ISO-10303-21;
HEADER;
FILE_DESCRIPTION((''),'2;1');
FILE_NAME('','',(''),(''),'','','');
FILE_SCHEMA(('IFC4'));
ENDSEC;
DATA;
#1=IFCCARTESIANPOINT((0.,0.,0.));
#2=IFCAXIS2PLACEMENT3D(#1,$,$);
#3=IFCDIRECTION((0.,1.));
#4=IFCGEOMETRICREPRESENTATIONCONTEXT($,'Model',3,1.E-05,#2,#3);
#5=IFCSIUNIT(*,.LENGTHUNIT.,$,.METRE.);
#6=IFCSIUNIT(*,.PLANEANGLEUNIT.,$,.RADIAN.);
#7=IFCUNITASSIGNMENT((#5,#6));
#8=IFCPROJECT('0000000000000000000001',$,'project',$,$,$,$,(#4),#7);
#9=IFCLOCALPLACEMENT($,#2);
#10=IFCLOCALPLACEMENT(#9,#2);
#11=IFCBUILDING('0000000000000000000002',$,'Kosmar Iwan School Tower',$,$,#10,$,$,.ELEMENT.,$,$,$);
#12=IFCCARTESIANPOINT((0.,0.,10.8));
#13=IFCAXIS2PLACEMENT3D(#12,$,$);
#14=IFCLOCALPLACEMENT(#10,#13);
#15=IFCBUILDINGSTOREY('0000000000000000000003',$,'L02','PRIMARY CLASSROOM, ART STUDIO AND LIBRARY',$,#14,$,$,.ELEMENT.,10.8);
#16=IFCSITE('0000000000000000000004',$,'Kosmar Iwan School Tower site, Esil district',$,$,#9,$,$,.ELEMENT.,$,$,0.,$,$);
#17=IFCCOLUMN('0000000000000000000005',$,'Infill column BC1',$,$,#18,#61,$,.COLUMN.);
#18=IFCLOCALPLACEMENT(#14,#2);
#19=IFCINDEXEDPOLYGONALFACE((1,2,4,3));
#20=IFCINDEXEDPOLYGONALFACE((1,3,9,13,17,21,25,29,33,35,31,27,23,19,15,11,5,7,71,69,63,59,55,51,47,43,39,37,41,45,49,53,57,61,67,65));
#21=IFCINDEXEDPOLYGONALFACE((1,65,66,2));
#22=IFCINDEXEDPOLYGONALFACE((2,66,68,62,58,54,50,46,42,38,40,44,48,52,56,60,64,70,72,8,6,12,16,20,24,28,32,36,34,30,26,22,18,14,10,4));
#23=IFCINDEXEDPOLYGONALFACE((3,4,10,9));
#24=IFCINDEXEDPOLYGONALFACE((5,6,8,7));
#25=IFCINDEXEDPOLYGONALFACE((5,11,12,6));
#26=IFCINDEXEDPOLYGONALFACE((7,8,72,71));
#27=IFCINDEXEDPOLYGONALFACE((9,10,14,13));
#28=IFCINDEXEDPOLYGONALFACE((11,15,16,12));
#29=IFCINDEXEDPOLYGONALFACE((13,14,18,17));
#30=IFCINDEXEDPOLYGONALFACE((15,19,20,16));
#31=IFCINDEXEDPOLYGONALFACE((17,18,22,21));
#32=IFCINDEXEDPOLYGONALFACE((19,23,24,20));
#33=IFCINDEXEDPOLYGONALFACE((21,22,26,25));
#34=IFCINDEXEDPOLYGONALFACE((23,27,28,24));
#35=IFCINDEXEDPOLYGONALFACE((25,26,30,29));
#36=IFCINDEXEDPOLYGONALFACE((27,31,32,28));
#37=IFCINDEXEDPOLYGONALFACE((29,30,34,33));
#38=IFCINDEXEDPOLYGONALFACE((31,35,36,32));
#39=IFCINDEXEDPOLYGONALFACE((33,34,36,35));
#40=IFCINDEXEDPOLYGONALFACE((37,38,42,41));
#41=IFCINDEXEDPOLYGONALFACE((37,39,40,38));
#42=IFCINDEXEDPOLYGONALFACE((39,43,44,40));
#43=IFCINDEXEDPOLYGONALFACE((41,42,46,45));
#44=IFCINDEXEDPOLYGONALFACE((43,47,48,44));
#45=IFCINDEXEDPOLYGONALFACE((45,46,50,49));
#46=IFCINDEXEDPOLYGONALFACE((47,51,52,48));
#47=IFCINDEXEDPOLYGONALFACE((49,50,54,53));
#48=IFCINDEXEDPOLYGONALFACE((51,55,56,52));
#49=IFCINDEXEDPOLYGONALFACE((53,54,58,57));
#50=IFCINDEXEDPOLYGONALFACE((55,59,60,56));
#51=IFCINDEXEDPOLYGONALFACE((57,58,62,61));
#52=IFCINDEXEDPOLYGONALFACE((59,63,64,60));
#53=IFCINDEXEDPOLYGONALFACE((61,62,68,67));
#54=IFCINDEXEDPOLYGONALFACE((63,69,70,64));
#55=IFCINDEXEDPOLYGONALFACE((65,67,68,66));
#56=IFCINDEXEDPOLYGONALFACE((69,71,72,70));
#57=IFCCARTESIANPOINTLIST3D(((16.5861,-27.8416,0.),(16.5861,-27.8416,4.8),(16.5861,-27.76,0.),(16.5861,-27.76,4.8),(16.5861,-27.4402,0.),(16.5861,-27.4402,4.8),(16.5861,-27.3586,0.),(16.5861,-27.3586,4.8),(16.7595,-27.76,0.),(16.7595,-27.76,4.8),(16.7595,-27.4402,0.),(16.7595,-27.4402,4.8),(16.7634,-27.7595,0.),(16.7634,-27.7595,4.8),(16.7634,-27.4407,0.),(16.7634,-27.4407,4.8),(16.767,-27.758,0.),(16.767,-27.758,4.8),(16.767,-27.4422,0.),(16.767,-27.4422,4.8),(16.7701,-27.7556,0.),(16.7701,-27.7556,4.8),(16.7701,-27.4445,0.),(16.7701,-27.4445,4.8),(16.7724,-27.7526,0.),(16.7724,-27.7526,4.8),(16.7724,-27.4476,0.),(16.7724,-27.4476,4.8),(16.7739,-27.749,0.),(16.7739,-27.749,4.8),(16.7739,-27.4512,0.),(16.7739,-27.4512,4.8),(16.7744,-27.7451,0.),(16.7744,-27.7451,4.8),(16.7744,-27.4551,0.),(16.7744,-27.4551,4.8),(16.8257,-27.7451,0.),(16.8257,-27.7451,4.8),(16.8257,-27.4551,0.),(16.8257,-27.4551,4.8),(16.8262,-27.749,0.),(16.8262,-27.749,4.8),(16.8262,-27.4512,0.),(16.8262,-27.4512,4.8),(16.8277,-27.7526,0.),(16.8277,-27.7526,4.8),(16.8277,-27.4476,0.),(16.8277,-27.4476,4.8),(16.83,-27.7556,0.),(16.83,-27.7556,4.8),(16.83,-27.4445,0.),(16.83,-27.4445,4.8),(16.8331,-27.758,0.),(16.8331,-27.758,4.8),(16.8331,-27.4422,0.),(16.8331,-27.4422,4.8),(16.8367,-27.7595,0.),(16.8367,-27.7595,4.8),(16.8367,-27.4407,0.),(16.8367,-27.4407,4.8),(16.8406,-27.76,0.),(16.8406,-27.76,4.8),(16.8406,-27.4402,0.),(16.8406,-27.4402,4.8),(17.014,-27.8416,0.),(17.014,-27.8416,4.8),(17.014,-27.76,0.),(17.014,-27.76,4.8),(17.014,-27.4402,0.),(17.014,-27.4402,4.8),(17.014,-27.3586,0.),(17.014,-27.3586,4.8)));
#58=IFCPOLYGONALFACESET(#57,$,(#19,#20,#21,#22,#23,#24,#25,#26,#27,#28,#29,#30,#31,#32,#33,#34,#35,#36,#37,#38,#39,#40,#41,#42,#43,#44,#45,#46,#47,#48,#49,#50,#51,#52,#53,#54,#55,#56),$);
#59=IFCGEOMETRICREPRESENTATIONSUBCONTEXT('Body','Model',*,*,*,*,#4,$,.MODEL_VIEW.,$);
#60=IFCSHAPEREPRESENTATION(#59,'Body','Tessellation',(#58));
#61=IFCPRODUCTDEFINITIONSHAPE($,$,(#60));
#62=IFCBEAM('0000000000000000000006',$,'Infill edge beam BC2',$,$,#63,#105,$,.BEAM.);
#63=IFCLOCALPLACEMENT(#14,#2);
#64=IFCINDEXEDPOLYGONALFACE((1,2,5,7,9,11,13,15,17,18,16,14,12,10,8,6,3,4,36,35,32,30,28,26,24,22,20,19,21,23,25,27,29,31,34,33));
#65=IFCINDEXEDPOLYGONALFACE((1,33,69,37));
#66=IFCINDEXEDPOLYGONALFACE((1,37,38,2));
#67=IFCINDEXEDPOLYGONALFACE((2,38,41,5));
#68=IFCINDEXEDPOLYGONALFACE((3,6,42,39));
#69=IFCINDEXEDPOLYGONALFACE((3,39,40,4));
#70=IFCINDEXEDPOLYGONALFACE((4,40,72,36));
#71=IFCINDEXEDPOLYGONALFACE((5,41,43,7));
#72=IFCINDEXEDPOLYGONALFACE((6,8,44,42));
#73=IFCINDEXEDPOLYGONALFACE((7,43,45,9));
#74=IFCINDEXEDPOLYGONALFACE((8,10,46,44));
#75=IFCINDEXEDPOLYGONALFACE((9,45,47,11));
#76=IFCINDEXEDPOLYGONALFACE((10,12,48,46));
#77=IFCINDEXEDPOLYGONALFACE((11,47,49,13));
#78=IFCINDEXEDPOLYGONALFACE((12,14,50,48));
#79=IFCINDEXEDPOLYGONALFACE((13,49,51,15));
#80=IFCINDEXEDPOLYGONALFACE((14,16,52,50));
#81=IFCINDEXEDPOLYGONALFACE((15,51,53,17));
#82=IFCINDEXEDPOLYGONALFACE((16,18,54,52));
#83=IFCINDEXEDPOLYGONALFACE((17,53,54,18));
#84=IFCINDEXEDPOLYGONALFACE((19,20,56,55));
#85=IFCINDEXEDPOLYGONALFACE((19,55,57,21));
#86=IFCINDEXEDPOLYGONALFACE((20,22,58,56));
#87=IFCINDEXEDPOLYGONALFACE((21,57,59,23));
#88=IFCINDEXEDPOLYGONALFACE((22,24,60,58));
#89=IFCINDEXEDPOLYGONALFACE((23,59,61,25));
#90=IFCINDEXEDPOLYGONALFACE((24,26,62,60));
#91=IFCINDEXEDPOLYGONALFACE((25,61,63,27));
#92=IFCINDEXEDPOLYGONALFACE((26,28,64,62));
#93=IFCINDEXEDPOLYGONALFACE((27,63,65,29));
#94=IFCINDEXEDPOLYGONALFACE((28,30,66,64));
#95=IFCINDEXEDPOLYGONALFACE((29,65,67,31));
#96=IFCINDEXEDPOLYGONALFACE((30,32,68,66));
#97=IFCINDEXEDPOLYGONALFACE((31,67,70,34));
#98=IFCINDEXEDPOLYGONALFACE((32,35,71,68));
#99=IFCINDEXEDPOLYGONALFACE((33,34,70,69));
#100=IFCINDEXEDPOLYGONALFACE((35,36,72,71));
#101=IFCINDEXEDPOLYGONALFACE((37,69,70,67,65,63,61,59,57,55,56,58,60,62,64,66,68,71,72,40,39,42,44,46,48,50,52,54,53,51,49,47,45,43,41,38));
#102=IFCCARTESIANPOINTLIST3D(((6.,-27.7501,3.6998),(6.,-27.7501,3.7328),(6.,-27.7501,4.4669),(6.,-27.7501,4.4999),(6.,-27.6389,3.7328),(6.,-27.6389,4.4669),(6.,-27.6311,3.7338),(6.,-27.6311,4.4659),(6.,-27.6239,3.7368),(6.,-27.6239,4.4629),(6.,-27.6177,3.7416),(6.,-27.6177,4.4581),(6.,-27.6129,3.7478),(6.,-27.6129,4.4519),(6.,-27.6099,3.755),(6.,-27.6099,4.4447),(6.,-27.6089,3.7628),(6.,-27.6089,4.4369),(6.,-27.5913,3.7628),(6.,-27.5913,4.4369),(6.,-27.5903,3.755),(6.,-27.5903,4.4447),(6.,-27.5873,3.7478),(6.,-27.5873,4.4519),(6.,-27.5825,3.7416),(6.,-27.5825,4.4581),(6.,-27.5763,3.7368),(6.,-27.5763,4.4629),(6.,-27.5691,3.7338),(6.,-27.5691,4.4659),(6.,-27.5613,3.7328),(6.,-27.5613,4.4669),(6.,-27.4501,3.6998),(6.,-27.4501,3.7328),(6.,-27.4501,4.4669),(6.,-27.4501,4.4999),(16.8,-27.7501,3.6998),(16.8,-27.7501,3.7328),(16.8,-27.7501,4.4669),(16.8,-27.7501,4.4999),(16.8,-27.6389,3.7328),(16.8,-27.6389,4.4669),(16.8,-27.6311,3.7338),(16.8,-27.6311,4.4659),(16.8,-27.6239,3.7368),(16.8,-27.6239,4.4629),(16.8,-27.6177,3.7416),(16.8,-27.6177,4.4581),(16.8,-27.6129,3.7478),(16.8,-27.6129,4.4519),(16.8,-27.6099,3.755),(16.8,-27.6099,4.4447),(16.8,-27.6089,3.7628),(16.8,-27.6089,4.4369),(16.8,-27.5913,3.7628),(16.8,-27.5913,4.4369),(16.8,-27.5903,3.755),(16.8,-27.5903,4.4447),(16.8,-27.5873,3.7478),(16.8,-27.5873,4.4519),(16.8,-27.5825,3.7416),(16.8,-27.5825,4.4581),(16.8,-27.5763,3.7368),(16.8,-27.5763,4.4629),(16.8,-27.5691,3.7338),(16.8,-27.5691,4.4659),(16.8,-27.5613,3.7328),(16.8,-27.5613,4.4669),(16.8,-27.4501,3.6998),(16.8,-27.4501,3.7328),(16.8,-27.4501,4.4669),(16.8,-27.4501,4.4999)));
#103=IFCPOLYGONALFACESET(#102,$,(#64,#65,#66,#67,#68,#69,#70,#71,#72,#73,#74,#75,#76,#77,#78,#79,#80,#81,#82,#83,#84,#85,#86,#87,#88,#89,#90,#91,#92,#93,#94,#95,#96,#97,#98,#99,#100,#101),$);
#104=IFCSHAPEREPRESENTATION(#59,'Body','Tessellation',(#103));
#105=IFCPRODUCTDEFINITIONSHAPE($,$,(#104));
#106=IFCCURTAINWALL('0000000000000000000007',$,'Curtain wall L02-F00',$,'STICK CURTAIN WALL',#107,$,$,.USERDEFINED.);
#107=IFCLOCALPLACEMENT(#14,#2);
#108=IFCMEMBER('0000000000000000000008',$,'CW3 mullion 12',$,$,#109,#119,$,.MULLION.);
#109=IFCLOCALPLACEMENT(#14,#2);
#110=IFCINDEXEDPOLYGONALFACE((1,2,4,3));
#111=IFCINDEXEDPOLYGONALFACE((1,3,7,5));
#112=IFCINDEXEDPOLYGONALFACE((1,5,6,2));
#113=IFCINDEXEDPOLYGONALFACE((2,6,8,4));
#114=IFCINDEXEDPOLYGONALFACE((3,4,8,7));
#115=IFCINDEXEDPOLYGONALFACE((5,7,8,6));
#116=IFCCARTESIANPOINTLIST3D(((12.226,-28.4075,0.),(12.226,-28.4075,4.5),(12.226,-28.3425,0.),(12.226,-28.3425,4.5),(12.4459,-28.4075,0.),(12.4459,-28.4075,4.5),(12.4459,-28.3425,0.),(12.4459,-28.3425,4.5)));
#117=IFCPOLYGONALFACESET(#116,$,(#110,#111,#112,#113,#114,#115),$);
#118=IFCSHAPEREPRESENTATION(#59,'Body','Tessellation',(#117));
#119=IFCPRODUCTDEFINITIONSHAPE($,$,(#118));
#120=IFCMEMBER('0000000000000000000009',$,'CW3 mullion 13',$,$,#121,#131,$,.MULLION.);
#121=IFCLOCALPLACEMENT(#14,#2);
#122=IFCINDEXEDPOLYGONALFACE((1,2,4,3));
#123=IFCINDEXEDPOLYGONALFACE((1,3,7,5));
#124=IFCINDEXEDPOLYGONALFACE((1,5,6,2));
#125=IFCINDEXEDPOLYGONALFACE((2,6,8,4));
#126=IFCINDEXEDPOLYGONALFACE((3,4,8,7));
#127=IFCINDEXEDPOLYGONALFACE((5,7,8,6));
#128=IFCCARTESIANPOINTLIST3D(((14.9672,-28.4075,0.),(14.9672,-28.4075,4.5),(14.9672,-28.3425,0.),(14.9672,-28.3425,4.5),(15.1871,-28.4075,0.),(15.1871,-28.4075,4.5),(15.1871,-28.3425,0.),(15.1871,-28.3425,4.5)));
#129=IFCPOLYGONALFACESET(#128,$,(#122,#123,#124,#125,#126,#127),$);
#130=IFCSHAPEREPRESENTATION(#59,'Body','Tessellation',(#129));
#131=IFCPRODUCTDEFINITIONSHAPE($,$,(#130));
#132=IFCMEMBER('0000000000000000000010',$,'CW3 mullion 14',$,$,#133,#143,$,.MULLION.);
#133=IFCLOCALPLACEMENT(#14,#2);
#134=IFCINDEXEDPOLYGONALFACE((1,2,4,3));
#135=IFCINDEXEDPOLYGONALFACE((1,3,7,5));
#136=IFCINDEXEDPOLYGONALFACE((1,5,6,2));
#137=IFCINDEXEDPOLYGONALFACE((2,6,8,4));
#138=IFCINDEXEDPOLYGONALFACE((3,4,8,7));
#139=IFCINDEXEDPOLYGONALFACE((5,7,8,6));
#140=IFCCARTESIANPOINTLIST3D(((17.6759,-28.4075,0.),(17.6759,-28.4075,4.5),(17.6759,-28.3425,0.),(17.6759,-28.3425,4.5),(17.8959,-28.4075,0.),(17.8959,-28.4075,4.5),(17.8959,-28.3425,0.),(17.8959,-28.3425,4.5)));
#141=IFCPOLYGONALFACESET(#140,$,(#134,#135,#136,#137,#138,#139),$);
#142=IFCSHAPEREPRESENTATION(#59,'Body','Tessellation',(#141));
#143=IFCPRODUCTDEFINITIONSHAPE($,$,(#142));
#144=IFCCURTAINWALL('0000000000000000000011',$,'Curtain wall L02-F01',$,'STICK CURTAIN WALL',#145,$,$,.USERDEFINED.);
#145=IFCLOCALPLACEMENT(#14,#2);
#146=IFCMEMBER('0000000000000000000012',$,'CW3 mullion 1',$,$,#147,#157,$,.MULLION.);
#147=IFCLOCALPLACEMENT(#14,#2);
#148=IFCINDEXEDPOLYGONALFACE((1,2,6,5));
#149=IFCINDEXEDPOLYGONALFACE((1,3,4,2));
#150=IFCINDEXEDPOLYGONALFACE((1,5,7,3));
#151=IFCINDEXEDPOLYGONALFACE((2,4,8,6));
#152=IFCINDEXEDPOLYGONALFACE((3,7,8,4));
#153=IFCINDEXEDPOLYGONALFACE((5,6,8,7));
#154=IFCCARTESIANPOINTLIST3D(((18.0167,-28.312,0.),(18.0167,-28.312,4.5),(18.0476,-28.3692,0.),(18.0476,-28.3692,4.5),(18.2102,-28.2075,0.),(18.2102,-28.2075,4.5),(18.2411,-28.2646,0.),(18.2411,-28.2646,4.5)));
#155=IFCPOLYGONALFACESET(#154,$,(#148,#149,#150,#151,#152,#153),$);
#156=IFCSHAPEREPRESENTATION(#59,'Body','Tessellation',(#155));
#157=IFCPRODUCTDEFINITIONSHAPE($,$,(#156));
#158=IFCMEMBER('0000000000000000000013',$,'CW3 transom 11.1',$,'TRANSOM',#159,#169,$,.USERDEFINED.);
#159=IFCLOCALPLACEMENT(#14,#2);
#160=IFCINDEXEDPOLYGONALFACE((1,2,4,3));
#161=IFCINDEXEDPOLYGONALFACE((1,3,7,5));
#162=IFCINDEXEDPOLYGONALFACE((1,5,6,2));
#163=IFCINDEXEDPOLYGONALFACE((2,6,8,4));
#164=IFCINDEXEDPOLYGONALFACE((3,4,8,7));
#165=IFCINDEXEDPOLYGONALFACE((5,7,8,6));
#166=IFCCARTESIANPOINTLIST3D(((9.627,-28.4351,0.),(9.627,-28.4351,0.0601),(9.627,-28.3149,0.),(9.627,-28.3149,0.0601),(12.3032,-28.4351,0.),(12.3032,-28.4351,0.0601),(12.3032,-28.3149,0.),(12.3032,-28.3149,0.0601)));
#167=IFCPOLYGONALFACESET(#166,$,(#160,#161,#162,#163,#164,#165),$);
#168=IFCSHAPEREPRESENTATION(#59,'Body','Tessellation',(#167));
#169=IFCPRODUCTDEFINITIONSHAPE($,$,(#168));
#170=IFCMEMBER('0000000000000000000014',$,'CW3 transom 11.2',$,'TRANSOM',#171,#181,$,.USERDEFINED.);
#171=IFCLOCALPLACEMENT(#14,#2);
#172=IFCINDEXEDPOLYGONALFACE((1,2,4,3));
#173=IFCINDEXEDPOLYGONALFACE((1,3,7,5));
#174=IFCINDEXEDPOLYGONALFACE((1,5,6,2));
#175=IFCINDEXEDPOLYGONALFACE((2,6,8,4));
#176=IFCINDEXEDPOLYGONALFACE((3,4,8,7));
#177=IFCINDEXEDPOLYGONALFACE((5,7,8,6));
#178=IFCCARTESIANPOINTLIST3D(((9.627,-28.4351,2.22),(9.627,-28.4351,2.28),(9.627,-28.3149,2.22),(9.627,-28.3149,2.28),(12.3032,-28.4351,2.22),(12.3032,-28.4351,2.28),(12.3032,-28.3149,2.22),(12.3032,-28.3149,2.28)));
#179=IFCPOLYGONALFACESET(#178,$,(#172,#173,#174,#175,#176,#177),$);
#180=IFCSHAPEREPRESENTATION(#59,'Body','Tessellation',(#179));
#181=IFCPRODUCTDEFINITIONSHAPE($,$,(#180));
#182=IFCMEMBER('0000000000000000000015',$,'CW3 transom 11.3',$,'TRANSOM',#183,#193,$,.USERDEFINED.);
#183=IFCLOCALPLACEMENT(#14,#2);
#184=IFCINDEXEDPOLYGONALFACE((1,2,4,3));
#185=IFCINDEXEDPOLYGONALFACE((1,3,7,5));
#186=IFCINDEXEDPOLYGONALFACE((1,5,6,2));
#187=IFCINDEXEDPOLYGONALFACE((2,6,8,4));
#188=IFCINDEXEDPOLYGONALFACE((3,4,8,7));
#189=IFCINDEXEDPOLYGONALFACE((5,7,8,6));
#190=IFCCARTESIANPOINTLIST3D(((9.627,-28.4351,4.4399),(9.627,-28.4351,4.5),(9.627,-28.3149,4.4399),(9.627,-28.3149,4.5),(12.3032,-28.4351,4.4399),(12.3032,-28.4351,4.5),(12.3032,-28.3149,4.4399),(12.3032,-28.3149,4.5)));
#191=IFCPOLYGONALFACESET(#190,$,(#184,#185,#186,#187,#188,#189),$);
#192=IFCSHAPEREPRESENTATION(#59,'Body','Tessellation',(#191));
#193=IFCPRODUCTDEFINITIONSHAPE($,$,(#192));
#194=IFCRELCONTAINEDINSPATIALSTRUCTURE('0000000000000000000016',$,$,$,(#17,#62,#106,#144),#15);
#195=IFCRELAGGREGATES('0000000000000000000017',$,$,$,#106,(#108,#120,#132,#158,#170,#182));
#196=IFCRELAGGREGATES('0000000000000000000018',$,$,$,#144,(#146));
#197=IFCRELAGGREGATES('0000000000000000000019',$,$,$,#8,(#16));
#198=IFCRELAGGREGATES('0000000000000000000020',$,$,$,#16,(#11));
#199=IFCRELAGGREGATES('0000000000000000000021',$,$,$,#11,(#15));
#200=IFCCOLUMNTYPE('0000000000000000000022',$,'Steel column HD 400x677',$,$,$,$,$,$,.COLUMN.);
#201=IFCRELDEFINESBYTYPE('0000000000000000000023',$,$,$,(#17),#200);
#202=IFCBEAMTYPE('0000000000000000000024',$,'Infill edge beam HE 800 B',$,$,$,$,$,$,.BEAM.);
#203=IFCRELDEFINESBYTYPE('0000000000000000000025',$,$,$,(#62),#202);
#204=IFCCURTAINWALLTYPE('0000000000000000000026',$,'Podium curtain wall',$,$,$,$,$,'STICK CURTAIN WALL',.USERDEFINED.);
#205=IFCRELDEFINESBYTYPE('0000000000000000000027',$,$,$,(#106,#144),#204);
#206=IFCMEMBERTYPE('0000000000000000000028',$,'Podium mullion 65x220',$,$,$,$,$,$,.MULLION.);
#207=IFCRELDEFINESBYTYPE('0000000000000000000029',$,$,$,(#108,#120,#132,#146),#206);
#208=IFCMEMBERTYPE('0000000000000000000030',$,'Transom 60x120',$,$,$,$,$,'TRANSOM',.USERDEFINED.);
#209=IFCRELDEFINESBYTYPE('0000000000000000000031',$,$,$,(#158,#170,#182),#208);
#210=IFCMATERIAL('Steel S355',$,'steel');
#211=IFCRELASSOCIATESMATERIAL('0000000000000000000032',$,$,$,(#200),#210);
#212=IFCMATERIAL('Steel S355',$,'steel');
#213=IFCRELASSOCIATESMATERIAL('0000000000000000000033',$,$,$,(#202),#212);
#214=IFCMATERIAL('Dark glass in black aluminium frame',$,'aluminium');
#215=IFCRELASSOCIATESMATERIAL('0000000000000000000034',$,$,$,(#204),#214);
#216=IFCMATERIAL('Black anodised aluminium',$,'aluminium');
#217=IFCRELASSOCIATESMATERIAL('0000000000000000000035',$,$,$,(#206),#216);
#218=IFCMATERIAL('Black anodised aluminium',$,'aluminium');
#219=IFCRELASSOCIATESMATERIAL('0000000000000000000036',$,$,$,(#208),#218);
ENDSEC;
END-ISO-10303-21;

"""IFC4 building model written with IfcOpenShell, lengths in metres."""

from ifc_helpers import new_model, si_unit, direction, frame, origin, origin_2d, place, context, subcontext, project, spatial, rectangle, i_section, extrude, material, material_profile, profile_set, type_object, element, aggregate, save


model = new_model("IFC4")

# Units and contexts
model_context = context("Model", 3, precision=1e-05, world=origin(), true_north=direction((0.0, 1.0)))
body_context = subcontext(model_context, "Body", "Model", "MODEL_VIEW")
ifc_project = project(units=[si_unit("LENGTHUNIT", "METRE"), si_unit("PLANEANGLEUNIT", "RADIAN")], contexts=[model_context])

# Site, building, storey
site_placement = place(None, origin())
site = spatial("IfcSite", under=ifc_project, at=site_placement, Name="Kosmar Iwan School Tower site, Esil district", CompositionType="ELEMENT", RefElevation=0.0)
building_placement = place(site_placement, origin())
building = spatial("IfcBuilding", under=site, at=building_placement, Name="Kosmar Iwan School Tower", CompositionType="ELEMENT")
storey_placement = place(building_placement, frame((0.0, 0.0, 10.8)))
storey = spatial("IfcBuildingStorey", under=building, at=storey_placement, Name="L02", Description="PRIMARY CLASSROOM, ART STUDIO AND LIBRARY", CompositionType="ELEMENT", Elevation=10.8)

# Column
ifc_material_1 = material(Name="Steel S355", Category="steel")
ifc_material_profile_1 = material_profile(ifc_material_1, i_section(OverallWidth=0.428, OverallDepth=0.4829, WebThickness=0.0513, FlangeThickness=0.0815, FilletRadius=0.0149, at=origin_2d()), Name="HD 400x677")
ifc_profile_set_1 = profile_set([ifc_material_profile_1], Name="Steel S355")
column_type = type_object("IfcColumnType", Name="Steel column HD 400x677", PredefinedType="COLUMN", material=ifc_profile_set_1)
column_placement = place(storey_placement, frame((16.8, -27.6001, 0.0), z_axis=(0.0, 0.0, 1.0), x_axis=(1.0, 0.0, 0.0)))
element("IfcColumn", 1, at=column_placement, inside=storey, type_object=column_type, Name="Infill column BC1", PredefinedType="COLUMN", context=body_context, shape_type="SweptSolid", body=[
    extrude(i_section(OverallWidth=0.428, OverallDepth=0.4829, WebThickness=0.0513, FlangeThickness=0.0815, FilletRadius=0.0149, at=origin_2d()), origin(), (0.0, 0.0, 1.0), 4.8),
])

# Beam
ifc_material_2 = material(Name="Steel S355", Category="steel")
ifc_material_profile_2 = material_profile(ifc_material_2, i_section(OverallWidth=0.3, OverallDepth=0.8, WebThickness=0.0176, FlangeThickness=0.033, FilletRadius=0.03, at=origin_2d()), Name="HE 800 B")
ifc_profile_set_2 = profile_set([ifc_material_profile_2], Name="Steel S355")
beam_type = type_object("IfcBeamType", Name="Infill edge beam HE 800 B", PredefinedType="BEAM", material=ifc_profile_set_2)
beam_placement = place(storey_placement, frame((16.8, -27.6001, 4.0999), z_axis=(-1.0, 0.0, 0.0), x_axis=(0.0, -1.0, 0.0)))
element("IfcBeam", 2, at=beam_placement, inside=storey, type_object=beam_type, Name="Infill edge beam BC2", PredefinedType="BEAM", context=body_context, shape_type="SweptSolid", body=[
    extrude(i_section(OverallWidth=0.3, OverallDepth=0.8, WebThickness=0.0176, FlangeThickness=0.033, FilletRadius=0.03, at=origin_2d()), origin(), (0.0, 0.0, 1.0), 10.8),
])

# Curtain wall, members
ifc_material_3 = material(Name="Dark glass in black aluminium frame", Category="aluminium")
curtain_wall_type = type_object("IfcCurtainWallType", Name="Podium curtain wall", ElementType="STICK CURTAIN WALL", PredefinedType="USERDEFINED", material=ifc_material_3)
curtain_wall_1_placement = place(storey_placement, origin())
curtain_wall_1 = element("IfcCurtainWall", 3, at=curtain_wall_1_placement, inside=storey, type_object=curtain_wall_type, Name="Curtain wall L02-F00", ObjectType="STICK CURTAIN WALL", PredefinedType="USERDEFINED")
ifc_material_4 = material(Name="Black anodised aluminium", Category="aluminium")
ifc_material_profile_3 = material_profile(ifc_material_4, rectangle(XDim=0.0649, YDim=0.22, at=origin_2d()), Name="MULLION 65x220")
ifc_profile_set_3 = profile_set([ifc_material_profile_3], Name="Black anodised aluminium")
member_type_1 = type_object("IfcMemberType", Name="Podium mullion 65x220", PredefinedType="MULLION", material=ifc_profile_set_3)
member_1_placement = place(storey_placement, frame((12.3359, -28.375, 0.0), z_axis=(0.0, 0.0, 1.0), x_axis=(0.0, 1.0, 0.0)))
member_1 = element("IfcMember", 4, at=member_1_placement, type_object=member_type_1, Name="CW3 mullion 12", PredefinedType="MULLION", context=body_context, shape_type="SweptSolid", body=[
    extrude(rectangle(XDim=0.0649, YDim=0.22, at=origin_2d()), origin(), (0.0, 0.0, 1.0), 4.5),
])
member_2_placement = place(storey_placement, frame((15.0771, -28.375, 0.0), z_axis=(0.0, 0.0, 1.0), x_axis=(0.0, 1.0, 0.0)))
member_2 = element("IfcMember", 5, at=member_2_placement, type_object=member_type_1, Name="CW3 mullion 13", PredefinedType="MULLION", context=body_context, shape_type="SweptSolid", body=[
    extrude(rectangle(XDim=0.0649, YDim=0.22, at=origin_2d()), origin(), (0.0, 0.0, 1.0), 4.5),
])
member_3_placement = place(storey_placement, frame((17.7859, -28.375, 0.0), z_axis=(0.0, 0.0, 1.0), x_axis=(0.0, 1.0, 0.0)))
member_3 = element("IfcMember", 6, at=member_3_placement, type_object=member_type_1, Name="CW3 mullion 14", PredefinedType="MULLION", context=body_context, shape_type="SweptSolid", body=[
    extrude(rectangle(XDim=0.0649, YDim=0.22, at=origin_2d()), origin(), (0.0, 0.0, 1.0), 4.5),
])

# Curtain wall, member
curtain_wall_2_placement = place(storey_placement, origin())
curtain_wall_2 = element("IfcCurtainWall", 7, at=curtain_wall_2_placement, inside=storey, type_object=curtain_wall_type, Name="Curtain wall L02-F01", ObjectType="STICK CURTAIN WALL", PredefinedType="USERDEFINED")
member_4_placement = place(storey_placement, frame((18.1289, -28.2883, 0.0), z_axis=(0.0, 0.0, 1.0), x_axis=(-0.475215, 0.879869, 0.0)))
member_4 = element("IfcMember", 8, at=member_4_placement, type_object=member_type_1, Name="CW3 mullion 1", PredefinedType="MULLION", context=body_context, shape_type="SweptSolid", body=[
    extrude(rectangle(XDim=0.0649, YDim=0.22, at=origin_2d()), origin(), (0.0, 0.0, 1.0), 4.5),
])

# Members
ifc_material_5 = material(Name="Black anodised aluminium", Category="aluminium")
ifc_material_profile_4 = material_profile(ifc_material_5, rectangle(XDim=0.1201, YDim=0.0601, at=origin_2d()), Name="TRANSOM 60x120")
ifc_profile_set_4 = profile_set([ifc_material_profile_4], Name="Black anodised aluminium")
member_type_2 = type_object("IfcMemberType", Name="Transom 60x120", ElementType="TRANSOM", PredefinedType="USERDEFINED", material=ifc_profile_set_4)
member_5_placement = place(storey_placement, frame((9.627, -28.375, 0.03), z_axis=(1.0, 0.0, 0.0), x_axis=(0.0, 1.0, 0.0)))
member_5 = element("IfcMember", 9, at=member_5_placement, type_object=member_type_2, Name="CW3 transom 11.1", ObjectType="TRANSOM", PredefinedType="USERDEFINED", context=body_context, shape_type="SweptSolid", body=[
    extrude(rectangle(XDim=0.1201, YDim=0.0601, at=origin_2d()), origin(), (0.0, 0.0, 1.0), 2.6763),
])
member_6_placement = place(storey_placement, frame((9.627, -28.375, 2.25), z_axis=(1.0, 0.0, 0.0), x_axis=(0.0, 1.0, 0.0)))
member_6 = element("IfcMember", 10, at=member_6_placement, type_object=member_type_2, Name="CW3 transom 11.2", ObjectType="TRANSOM", PredefinedType="USERDEFINED", context=body_context, shape_type="SweptSolid", body=[
    extrude(rectangle(XDim=0.1201, YDim=0.0601, at=origin_2d()), origin(), (0.0, 0.0, 1.0), 2.6763),
])
member_7_placement = place(storey_placement, frame((9.627, -28.375, 4.47), z_axis=(1.0, 0.0, 0.0), x_axis=(0.0, 1.0, 0.0)))
member_7 = element("IfcMember", 11, at=member_7_placement, type_object=member_type_2, Name="CW3 transom 11.3", ObjectType="TRANSOM", PredefinedType="USERDEFINED", context=body_context, shape_type="SweptSolid", body=[
    extrude(rectangle(XDim=0.1201, YDim=0.0601, at=origin_2d()), origin(), (0.0, 0.0, 1.0), 2.6763),
])

aggregate(curtain_wall_1, [member_1, member_2, member_3, member_5, member_6, member_7])
aggregate(curtain_wall_2, [member_4])

save(model, "model.ifc")
